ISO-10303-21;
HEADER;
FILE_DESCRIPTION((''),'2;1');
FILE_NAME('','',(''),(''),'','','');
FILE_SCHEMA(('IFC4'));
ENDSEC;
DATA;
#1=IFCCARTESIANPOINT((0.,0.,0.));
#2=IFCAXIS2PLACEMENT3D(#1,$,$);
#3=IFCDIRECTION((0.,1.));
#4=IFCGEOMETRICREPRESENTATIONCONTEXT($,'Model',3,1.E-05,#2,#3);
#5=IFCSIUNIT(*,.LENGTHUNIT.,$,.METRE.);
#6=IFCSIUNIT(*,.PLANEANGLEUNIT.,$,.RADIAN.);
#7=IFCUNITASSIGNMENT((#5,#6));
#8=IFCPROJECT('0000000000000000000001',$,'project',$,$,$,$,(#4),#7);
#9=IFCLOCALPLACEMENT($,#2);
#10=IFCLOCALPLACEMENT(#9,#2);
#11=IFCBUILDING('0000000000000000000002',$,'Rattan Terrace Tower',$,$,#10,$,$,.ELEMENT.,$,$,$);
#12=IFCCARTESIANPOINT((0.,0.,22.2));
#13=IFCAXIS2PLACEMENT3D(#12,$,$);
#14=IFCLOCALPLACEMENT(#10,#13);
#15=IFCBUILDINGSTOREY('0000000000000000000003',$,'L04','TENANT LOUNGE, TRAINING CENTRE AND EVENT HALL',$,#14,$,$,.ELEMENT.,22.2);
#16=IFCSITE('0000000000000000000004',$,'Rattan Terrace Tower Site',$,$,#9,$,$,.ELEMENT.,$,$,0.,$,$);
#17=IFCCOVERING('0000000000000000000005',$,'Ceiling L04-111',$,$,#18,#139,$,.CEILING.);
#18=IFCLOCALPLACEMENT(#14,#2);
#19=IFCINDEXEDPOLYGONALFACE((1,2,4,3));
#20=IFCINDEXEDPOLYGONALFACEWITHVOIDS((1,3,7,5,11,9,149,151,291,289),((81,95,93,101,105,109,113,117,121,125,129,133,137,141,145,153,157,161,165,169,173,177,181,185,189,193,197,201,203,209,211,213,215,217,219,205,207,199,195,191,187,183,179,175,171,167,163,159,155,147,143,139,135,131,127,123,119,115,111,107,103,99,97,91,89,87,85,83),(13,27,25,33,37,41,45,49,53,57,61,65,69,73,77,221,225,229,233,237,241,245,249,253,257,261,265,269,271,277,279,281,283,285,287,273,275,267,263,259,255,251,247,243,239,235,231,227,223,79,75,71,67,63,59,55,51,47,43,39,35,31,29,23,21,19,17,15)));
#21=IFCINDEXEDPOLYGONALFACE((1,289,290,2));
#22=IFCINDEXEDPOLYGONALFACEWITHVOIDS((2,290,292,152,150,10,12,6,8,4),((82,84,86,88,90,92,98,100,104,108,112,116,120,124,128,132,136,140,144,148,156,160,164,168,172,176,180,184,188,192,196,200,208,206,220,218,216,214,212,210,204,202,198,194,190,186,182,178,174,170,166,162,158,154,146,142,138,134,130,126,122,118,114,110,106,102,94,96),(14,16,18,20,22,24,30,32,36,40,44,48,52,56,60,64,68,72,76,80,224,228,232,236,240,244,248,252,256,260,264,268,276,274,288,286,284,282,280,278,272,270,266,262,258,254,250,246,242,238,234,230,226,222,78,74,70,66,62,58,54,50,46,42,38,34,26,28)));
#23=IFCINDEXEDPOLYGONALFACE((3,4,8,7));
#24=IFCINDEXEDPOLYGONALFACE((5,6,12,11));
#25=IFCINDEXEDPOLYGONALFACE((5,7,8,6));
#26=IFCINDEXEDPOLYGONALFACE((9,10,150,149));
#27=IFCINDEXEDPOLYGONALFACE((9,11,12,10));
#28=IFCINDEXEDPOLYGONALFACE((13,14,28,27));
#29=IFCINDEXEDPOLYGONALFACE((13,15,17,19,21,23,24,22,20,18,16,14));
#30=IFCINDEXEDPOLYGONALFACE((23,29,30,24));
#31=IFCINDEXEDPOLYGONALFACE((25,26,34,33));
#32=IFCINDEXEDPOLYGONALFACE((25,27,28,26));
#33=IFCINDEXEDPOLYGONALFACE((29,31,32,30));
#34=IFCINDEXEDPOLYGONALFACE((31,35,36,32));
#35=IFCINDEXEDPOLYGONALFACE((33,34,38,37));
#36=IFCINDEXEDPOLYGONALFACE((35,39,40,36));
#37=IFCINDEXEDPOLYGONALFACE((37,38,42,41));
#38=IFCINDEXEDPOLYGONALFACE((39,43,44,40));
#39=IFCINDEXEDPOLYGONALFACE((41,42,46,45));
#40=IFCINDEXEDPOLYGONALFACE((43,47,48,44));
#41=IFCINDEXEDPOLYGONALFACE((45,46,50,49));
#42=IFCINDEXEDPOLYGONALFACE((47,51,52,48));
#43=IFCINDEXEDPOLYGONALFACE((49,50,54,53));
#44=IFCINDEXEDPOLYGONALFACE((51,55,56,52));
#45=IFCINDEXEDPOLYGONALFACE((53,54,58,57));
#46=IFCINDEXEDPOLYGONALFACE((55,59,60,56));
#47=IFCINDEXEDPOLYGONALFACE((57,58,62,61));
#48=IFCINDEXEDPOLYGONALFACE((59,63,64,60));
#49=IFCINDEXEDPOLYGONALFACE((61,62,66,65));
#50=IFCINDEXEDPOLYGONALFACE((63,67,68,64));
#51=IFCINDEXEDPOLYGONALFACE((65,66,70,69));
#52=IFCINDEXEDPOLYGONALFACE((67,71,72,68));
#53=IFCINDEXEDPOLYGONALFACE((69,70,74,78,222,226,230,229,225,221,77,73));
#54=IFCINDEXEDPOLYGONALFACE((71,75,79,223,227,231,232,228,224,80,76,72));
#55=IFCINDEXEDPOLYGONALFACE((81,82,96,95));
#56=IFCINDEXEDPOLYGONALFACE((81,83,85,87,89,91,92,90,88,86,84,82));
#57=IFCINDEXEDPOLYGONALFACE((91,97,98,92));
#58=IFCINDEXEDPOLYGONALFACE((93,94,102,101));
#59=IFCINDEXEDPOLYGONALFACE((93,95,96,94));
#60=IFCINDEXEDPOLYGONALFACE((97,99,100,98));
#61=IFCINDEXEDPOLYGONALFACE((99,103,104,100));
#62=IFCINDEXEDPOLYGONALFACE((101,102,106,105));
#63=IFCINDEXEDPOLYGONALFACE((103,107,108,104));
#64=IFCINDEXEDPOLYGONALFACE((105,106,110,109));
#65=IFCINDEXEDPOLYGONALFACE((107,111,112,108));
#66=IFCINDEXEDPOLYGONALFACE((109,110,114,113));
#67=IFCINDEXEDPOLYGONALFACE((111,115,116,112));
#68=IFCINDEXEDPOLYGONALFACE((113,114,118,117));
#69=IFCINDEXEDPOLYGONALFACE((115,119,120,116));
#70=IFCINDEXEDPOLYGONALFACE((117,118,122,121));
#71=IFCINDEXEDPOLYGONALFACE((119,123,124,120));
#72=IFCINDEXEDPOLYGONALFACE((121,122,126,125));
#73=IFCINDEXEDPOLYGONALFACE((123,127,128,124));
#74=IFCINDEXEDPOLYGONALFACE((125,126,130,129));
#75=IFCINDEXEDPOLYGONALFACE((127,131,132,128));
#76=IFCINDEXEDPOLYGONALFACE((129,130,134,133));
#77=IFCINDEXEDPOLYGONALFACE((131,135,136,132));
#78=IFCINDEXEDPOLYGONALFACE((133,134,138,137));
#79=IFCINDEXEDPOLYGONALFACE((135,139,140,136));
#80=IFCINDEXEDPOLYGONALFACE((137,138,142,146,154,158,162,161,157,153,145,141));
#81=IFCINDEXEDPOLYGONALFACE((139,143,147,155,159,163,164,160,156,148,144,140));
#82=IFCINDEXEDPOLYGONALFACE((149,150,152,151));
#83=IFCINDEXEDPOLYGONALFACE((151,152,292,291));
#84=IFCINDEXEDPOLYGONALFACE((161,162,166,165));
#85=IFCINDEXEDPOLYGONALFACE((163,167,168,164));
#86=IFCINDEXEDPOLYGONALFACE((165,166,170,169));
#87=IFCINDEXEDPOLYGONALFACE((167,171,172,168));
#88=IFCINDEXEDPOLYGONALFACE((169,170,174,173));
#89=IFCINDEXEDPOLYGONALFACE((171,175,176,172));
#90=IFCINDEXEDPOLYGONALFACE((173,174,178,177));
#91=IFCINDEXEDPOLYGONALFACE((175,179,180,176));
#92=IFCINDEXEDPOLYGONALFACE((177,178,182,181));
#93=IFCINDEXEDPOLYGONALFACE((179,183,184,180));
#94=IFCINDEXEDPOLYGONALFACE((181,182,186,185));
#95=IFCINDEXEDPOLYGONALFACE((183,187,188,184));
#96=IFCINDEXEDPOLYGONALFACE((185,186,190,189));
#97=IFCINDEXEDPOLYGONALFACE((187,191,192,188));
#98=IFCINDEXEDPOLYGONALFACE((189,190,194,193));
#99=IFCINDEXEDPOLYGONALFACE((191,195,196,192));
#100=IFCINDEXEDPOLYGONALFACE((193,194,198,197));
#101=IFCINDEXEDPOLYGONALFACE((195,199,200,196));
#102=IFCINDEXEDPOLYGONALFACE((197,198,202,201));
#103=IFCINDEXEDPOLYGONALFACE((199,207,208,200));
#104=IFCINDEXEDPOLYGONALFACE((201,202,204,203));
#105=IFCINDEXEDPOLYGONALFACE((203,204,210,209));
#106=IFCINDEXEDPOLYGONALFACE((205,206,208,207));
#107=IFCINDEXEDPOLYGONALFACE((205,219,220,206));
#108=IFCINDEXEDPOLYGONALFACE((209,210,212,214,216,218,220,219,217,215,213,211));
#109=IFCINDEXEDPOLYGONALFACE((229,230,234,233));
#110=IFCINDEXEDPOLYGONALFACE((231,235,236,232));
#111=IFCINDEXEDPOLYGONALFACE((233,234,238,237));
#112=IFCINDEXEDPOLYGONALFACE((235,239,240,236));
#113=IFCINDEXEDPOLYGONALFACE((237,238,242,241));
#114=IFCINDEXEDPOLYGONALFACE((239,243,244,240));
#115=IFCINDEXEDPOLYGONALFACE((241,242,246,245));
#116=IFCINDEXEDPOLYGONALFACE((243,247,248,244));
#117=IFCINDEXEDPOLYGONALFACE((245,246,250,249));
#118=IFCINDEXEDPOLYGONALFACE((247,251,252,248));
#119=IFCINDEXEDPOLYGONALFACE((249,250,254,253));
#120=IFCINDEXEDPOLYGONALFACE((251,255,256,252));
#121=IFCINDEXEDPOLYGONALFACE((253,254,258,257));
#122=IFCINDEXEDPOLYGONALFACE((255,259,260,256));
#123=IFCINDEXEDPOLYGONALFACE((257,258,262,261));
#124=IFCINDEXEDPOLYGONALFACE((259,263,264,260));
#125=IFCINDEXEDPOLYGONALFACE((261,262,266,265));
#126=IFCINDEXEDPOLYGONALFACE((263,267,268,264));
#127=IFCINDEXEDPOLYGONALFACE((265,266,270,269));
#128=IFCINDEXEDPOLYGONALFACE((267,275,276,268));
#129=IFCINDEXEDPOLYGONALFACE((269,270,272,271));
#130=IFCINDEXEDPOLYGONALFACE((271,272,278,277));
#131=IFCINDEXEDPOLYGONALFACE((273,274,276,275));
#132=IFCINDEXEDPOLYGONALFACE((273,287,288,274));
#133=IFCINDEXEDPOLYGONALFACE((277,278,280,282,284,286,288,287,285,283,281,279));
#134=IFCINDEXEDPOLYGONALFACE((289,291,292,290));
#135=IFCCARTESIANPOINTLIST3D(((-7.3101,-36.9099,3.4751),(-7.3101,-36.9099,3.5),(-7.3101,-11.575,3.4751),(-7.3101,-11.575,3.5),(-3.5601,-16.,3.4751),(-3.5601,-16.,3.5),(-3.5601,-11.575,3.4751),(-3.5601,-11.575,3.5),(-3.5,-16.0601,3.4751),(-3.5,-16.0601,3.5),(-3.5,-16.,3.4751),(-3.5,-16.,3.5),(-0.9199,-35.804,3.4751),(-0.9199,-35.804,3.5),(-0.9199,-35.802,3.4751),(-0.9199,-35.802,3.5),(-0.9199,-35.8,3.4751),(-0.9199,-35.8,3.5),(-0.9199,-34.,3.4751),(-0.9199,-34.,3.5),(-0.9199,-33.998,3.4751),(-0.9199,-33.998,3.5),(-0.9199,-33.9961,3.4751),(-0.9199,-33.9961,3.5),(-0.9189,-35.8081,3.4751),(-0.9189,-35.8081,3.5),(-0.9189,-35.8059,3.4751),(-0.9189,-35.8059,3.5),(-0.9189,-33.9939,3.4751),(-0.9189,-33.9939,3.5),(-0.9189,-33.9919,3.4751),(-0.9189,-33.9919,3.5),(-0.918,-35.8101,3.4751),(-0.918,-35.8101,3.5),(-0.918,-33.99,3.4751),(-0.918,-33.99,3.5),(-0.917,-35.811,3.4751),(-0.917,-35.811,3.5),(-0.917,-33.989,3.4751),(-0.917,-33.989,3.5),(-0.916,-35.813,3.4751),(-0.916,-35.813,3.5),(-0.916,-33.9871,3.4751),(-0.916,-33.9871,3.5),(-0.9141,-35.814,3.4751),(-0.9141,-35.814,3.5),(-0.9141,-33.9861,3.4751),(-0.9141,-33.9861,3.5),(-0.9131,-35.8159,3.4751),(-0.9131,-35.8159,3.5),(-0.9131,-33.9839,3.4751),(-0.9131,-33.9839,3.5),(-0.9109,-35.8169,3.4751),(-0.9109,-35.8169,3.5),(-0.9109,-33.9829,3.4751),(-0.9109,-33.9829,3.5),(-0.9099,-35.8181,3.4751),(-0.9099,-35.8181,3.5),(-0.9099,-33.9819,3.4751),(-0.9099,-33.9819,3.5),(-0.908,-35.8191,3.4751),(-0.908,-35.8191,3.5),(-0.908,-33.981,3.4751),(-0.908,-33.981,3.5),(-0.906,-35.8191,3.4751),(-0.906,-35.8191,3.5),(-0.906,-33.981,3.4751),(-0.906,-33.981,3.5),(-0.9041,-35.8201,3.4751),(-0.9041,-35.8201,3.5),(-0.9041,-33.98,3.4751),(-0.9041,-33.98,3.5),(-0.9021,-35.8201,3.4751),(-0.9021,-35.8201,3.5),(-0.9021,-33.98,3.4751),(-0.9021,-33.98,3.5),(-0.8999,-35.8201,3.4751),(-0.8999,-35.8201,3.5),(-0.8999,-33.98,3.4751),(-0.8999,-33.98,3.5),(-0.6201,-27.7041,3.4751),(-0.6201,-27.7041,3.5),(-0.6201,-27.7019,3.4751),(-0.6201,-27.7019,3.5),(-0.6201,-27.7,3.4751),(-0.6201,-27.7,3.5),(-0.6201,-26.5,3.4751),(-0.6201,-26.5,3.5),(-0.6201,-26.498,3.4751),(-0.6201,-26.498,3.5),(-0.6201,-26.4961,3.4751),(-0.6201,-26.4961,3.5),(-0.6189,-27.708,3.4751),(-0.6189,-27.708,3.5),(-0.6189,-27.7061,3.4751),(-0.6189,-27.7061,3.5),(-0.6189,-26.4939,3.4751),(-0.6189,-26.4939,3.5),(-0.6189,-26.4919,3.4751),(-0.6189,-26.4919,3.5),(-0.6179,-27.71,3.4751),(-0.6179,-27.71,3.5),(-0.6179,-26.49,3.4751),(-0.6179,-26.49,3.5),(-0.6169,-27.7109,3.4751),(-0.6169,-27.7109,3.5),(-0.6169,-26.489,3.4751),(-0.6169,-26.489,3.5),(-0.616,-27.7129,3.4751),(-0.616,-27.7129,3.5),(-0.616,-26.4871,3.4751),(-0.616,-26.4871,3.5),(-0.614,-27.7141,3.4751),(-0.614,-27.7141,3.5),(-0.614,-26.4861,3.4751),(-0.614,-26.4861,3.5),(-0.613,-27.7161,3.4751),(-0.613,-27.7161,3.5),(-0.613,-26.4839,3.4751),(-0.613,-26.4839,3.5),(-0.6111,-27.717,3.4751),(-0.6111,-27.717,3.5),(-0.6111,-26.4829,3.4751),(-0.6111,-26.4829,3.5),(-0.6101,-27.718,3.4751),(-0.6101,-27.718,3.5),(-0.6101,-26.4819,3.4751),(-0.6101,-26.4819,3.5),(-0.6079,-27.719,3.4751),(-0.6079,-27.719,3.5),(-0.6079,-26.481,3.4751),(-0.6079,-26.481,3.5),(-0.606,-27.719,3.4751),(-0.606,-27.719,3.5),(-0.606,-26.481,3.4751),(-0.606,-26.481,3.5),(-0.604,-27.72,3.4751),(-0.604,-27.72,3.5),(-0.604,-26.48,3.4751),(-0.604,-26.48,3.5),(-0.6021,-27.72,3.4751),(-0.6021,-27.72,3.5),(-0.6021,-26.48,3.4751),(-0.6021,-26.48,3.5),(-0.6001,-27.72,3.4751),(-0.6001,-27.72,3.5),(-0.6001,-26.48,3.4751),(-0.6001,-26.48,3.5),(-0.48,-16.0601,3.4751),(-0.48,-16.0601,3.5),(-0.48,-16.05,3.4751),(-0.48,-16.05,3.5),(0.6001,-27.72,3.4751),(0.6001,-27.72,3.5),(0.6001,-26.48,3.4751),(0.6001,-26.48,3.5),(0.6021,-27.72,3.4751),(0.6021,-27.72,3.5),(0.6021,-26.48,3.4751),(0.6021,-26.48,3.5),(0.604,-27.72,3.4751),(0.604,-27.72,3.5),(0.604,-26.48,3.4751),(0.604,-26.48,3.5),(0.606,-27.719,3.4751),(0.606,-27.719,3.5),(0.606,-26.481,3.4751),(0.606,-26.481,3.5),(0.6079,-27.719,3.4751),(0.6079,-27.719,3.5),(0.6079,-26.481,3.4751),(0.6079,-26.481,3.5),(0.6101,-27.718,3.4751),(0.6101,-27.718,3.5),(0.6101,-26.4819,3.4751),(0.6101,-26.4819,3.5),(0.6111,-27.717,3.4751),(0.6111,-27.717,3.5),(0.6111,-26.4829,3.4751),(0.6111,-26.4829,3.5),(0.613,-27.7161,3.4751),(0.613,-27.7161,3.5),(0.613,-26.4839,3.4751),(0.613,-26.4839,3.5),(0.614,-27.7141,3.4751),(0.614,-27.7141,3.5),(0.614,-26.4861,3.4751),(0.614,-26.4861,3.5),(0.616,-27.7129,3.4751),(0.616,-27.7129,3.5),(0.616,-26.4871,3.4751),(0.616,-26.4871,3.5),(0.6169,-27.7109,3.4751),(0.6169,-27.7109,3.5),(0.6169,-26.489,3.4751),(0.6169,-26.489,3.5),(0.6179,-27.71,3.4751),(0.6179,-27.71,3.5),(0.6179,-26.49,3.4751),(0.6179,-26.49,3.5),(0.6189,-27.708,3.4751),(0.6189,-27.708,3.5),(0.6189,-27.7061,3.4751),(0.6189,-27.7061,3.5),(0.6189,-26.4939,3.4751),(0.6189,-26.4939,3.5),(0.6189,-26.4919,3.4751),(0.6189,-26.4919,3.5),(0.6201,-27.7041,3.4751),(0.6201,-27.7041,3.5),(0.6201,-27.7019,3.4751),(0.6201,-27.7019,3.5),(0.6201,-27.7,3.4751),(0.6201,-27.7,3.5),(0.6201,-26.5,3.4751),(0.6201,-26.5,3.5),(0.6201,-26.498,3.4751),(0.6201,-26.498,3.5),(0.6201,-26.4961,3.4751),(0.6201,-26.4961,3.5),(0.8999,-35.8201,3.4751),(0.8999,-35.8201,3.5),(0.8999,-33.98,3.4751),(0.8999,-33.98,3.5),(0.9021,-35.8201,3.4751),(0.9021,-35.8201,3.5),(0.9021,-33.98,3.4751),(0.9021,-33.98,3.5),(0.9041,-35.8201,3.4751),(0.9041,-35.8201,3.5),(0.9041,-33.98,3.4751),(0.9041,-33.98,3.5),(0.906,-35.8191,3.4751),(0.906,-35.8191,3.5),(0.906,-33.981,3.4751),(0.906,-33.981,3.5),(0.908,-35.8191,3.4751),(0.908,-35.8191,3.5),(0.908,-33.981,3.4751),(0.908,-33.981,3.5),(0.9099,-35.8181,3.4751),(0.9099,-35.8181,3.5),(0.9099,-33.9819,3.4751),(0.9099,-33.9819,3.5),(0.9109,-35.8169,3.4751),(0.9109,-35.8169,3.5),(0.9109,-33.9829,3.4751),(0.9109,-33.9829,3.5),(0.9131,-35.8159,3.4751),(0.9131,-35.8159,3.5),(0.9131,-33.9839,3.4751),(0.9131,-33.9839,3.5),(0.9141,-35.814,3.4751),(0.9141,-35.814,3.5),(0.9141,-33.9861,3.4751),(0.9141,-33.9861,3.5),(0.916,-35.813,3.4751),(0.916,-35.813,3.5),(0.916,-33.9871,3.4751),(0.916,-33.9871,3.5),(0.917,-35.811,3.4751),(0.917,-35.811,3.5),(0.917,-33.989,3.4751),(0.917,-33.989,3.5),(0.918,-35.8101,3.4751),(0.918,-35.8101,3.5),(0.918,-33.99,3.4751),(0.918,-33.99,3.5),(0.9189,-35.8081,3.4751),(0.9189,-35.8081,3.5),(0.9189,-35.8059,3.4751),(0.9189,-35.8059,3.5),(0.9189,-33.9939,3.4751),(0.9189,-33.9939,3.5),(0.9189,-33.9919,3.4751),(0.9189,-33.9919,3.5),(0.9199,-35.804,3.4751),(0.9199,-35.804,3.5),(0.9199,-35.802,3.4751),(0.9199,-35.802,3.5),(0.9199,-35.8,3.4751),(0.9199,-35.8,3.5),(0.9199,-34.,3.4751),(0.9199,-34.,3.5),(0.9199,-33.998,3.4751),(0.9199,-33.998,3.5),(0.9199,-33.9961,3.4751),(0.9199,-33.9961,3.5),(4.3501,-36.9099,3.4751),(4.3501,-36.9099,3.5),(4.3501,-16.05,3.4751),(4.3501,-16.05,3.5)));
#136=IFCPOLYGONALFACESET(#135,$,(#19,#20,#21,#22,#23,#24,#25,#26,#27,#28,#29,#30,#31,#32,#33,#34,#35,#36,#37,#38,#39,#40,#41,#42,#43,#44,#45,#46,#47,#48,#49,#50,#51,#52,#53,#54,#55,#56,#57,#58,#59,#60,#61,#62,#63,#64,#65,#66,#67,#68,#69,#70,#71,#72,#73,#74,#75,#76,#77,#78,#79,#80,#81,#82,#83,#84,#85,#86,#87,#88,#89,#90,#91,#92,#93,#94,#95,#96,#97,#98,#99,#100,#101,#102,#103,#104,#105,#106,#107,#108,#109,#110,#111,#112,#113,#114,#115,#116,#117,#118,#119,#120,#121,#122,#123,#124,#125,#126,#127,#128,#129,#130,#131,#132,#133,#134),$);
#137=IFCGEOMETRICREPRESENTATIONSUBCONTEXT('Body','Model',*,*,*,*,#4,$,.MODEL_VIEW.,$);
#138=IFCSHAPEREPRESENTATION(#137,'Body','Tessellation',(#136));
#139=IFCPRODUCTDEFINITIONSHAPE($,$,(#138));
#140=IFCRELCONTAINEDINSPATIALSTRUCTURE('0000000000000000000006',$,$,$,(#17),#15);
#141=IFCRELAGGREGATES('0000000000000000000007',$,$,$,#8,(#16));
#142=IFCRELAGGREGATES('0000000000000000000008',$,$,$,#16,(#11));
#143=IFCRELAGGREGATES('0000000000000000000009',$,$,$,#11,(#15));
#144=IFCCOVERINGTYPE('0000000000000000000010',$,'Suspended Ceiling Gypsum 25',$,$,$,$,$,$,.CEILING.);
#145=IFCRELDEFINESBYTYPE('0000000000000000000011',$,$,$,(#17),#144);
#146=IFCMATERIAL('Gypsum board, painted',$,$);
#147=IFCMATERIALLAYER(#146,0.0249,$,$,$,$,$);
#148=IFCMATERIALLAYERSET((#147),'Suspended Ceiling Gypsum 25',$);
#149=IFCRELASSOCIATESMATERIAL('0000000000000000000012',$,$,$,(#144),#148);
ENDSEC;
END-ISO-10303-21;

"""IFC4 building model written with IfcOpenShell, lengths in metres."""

from ifc_helpers import new_model, si_unit, direction, frame, origin, place, context, subcontext, project, spatial, polyline, outline, extrude, material, layer, layer_set, type_object, element, save


model = new_model("IFC4")

# Units and contexts
model_context = context("Model", 3, precision=1e-05, world=origin(), true_north=direction((0.0, 1.0)))
body_context = subcontext(model_context, "Body", "Model", "MODEL_VIEW")
ifc_project = project(units=[si_unit("LENGTHUNIT", "METRE"), si_unit("PLANEANGLEUNIT", "RADIAN")], contexts=[model_context])

# Site, building, storey
site_placement = place(None, origin())
site = spatial("IfcSite", under=ifc_project, at=site_placement, Name="Rattan Terrace Tower Site", CompositionType="ELEMENT", RefElevation=0.0)
building_placement = place(site_placement, origin())
building = spatial("IfcBuilding", under=site, at=building_placement, Name="Rattan Terrace Tower", CompositionType="ELEMENT")
storey_placement = place(building_placement, frame((0.0, 0.0, 22.2)))
storey = spatial("IfcBuildingStorey", under=building, at=storey_placement, Name="L04", Description="TENANT LOUNGE, TRAINING CENTRE AND EVENT HALL", CompositionType="ELEMENT", Elevation=22.2)

# Covering
ifc_material_1 = material(Name="Gypsum board, painted")
ifc_layer_1 = layer(ifc_material_1, 0.0249)
ifc_layer_set_1 = layer_set([ifc_layer_1], Name="Suspended Ceiling Gypsum 25")
covering_type_1 = type_object("IfcCoveringType", Name="Suspended Ceiling Gypsum 25", PredefinedType="CEILING", material=ifc_layer_set_1)
covering_1_placement = place(storey_placement, frame((0.0, 0.0, 3.4751)))
element("IfcCovering", 1, at=covering_1_placement, inside=storey, type_object=covering_type_1, Name="Ceiling L04-111", PredefinedType="CEILING", context=body_context, shape_type="SweptSolid", body=[
    extrude(outline(polyline([(-7.3101, -11.575), (-7.3101, -36.9099), (4.3501, -36.9099), (4.3501, -16.05), (-0.48, -16.05), (-0.48, -16.0601), (-3.5, -16.0601), (-3.5, -16.0), (-3.5601, -16.0), (-3.5601, -11.575), (-7.3101, -11.575)]), holes=[polyline([(0.908, -35.8191), (0.9099, -35.8181), (0.9109, -35.8169), (0.9131, -35.8159), (0.9141, -35.814), (0.916, -35.813), (0.917, -35.811), (0.918, -35.8101), (0.9189, -35.8081), (0.9189, -35.8059), (0.9199, -35.804), (0.9199, -35.802), (0.9199, -35.8), (0.9199, -34.0), (0.9199, -33.998), (0.9199, -33.9961), (0.9189, -33.9939), (0.9189, -33.9919), (0.918, -33.99), (0.917, -33.989), (0.916, -33.9871), (0.9141, -33.9861), (0.9131, -33.9839), (0.9109, -33.9829), (0.9099, -33.9819), (0.908, -33.981), (0.906, -33.981), (0.9041, -33.98), (0.9021, -33.98), (0.8999, -33.98), (-0.8999, -33.98), (-0.9021, -33.98), (-0.9041, -33.98), (-0.906, -33.981), (-0.908, -33.981), (-0.9099, -33.9819), (-0.9109, -33.9829), (-0.9131, -33.9839), (-0.9141, -33.9861), (-0.916, -33.9871), (-0.917, -33.989), (-0.918, -33.99), (-0.9189, -33.9919), (-0.9189, -33.9939), (-0.9199, -33.9961), (-0.9199, -33.998), (-0.9199, -34.0), (-0.9199, -35.8), (-0.9199, -35.802), (-0.9199, -35.804), (-0.9189, -35.8059), (-0.9189, -35.8081), (-0.918, -35.8101), (-0.917, -35.811), (-0.916, -35.813), (-0.9141, -35.814), (-0.9131, -35.8159), (-0.9109, -35.8169), (-0.9099, -35.8181), (-0.908, -35.8191), (-0.906, -35.8191), (-0.9041, -35.8201), (-0.9021, -35.8201), (-0.8999, -35.8201), (0.8999, -35.8201), (0.9021, -35.8201), (0.9041, -35.8201), (0.906, -35.8191), (0.908, -35.8191)]), polyline([(0.606, -27.719), (0.6079, -27.719), (0.6101, -27.718), (0.6111, -27.717), (0.613, -27.7161), (0.614, -27.7141), (0.616, -27.7129), (0.6169, -27.7109), (0.6179, -27.71), (0.6189, -27.708), (0.6189, -27.7061), (0.6201, -27.7041), (0.6201, -27.7019), (0.6201, -27.7), (0.6201, -26.5), (0.6201, -26.498), (0.6201, -26.4961), (0.6189, -26.4939), (0.6189, -26.4919), (0.6179, -26.49), (0.6169, -26.489), (0.616, -26.4871), (0.614, -26.4861), (0.613, -26.4839), (0.6111, -26.4829), (0.6101, -26.4819), (0.6079, -26.481), (0.606, -26.481), (0.604, -26.48), (0.6021, -26.48), (0.6001, -26.48), (-0.6001, -26.48), (-0.6021, -26.48), (-0.604, -26.48), (-0.606, -26.481), (-0.6079, -26.481), (-0.6101, -26.4819), (-0.6111, -26.4829), (-0.613, -26.4839), (-0.614, -26.4861), (-0.616, -26.4871), (-0.6169, -26.489), (-0.6179, -26.49), (-0.6189, -26.4919), (-0.6189, -26.4939), (-0.6201, -26.4961), (-0.6201, -26.498), (-0.6201, -26.5), (-0.6201, -27.7), (-0.6201, -27.7019), (-0.6201, -27.7041), (-0.6189, -27.7061), (-0.6189, -27.708), (-0.6179, -27.71), (-0.6169, -27.7109), (-0.616, -27.7129), (-0.614, -27.7141), (-0.613, -27.7161), (-0.6111, -27.717), (-0.6101, -27.718), (-0.6079, -27.719), (-0.606, -27.719), (-0.604, -27.72), (-0.6021, -27.72), (-0.6001, -27.72), (0.6001, -27.72), (0.6021, -27.72), (0.604, -27.72), (0.606, -27.719)])]), origin(), (0.0, 0.0, 1.0), 0.0249),
])

save(model, "model.ifc")
